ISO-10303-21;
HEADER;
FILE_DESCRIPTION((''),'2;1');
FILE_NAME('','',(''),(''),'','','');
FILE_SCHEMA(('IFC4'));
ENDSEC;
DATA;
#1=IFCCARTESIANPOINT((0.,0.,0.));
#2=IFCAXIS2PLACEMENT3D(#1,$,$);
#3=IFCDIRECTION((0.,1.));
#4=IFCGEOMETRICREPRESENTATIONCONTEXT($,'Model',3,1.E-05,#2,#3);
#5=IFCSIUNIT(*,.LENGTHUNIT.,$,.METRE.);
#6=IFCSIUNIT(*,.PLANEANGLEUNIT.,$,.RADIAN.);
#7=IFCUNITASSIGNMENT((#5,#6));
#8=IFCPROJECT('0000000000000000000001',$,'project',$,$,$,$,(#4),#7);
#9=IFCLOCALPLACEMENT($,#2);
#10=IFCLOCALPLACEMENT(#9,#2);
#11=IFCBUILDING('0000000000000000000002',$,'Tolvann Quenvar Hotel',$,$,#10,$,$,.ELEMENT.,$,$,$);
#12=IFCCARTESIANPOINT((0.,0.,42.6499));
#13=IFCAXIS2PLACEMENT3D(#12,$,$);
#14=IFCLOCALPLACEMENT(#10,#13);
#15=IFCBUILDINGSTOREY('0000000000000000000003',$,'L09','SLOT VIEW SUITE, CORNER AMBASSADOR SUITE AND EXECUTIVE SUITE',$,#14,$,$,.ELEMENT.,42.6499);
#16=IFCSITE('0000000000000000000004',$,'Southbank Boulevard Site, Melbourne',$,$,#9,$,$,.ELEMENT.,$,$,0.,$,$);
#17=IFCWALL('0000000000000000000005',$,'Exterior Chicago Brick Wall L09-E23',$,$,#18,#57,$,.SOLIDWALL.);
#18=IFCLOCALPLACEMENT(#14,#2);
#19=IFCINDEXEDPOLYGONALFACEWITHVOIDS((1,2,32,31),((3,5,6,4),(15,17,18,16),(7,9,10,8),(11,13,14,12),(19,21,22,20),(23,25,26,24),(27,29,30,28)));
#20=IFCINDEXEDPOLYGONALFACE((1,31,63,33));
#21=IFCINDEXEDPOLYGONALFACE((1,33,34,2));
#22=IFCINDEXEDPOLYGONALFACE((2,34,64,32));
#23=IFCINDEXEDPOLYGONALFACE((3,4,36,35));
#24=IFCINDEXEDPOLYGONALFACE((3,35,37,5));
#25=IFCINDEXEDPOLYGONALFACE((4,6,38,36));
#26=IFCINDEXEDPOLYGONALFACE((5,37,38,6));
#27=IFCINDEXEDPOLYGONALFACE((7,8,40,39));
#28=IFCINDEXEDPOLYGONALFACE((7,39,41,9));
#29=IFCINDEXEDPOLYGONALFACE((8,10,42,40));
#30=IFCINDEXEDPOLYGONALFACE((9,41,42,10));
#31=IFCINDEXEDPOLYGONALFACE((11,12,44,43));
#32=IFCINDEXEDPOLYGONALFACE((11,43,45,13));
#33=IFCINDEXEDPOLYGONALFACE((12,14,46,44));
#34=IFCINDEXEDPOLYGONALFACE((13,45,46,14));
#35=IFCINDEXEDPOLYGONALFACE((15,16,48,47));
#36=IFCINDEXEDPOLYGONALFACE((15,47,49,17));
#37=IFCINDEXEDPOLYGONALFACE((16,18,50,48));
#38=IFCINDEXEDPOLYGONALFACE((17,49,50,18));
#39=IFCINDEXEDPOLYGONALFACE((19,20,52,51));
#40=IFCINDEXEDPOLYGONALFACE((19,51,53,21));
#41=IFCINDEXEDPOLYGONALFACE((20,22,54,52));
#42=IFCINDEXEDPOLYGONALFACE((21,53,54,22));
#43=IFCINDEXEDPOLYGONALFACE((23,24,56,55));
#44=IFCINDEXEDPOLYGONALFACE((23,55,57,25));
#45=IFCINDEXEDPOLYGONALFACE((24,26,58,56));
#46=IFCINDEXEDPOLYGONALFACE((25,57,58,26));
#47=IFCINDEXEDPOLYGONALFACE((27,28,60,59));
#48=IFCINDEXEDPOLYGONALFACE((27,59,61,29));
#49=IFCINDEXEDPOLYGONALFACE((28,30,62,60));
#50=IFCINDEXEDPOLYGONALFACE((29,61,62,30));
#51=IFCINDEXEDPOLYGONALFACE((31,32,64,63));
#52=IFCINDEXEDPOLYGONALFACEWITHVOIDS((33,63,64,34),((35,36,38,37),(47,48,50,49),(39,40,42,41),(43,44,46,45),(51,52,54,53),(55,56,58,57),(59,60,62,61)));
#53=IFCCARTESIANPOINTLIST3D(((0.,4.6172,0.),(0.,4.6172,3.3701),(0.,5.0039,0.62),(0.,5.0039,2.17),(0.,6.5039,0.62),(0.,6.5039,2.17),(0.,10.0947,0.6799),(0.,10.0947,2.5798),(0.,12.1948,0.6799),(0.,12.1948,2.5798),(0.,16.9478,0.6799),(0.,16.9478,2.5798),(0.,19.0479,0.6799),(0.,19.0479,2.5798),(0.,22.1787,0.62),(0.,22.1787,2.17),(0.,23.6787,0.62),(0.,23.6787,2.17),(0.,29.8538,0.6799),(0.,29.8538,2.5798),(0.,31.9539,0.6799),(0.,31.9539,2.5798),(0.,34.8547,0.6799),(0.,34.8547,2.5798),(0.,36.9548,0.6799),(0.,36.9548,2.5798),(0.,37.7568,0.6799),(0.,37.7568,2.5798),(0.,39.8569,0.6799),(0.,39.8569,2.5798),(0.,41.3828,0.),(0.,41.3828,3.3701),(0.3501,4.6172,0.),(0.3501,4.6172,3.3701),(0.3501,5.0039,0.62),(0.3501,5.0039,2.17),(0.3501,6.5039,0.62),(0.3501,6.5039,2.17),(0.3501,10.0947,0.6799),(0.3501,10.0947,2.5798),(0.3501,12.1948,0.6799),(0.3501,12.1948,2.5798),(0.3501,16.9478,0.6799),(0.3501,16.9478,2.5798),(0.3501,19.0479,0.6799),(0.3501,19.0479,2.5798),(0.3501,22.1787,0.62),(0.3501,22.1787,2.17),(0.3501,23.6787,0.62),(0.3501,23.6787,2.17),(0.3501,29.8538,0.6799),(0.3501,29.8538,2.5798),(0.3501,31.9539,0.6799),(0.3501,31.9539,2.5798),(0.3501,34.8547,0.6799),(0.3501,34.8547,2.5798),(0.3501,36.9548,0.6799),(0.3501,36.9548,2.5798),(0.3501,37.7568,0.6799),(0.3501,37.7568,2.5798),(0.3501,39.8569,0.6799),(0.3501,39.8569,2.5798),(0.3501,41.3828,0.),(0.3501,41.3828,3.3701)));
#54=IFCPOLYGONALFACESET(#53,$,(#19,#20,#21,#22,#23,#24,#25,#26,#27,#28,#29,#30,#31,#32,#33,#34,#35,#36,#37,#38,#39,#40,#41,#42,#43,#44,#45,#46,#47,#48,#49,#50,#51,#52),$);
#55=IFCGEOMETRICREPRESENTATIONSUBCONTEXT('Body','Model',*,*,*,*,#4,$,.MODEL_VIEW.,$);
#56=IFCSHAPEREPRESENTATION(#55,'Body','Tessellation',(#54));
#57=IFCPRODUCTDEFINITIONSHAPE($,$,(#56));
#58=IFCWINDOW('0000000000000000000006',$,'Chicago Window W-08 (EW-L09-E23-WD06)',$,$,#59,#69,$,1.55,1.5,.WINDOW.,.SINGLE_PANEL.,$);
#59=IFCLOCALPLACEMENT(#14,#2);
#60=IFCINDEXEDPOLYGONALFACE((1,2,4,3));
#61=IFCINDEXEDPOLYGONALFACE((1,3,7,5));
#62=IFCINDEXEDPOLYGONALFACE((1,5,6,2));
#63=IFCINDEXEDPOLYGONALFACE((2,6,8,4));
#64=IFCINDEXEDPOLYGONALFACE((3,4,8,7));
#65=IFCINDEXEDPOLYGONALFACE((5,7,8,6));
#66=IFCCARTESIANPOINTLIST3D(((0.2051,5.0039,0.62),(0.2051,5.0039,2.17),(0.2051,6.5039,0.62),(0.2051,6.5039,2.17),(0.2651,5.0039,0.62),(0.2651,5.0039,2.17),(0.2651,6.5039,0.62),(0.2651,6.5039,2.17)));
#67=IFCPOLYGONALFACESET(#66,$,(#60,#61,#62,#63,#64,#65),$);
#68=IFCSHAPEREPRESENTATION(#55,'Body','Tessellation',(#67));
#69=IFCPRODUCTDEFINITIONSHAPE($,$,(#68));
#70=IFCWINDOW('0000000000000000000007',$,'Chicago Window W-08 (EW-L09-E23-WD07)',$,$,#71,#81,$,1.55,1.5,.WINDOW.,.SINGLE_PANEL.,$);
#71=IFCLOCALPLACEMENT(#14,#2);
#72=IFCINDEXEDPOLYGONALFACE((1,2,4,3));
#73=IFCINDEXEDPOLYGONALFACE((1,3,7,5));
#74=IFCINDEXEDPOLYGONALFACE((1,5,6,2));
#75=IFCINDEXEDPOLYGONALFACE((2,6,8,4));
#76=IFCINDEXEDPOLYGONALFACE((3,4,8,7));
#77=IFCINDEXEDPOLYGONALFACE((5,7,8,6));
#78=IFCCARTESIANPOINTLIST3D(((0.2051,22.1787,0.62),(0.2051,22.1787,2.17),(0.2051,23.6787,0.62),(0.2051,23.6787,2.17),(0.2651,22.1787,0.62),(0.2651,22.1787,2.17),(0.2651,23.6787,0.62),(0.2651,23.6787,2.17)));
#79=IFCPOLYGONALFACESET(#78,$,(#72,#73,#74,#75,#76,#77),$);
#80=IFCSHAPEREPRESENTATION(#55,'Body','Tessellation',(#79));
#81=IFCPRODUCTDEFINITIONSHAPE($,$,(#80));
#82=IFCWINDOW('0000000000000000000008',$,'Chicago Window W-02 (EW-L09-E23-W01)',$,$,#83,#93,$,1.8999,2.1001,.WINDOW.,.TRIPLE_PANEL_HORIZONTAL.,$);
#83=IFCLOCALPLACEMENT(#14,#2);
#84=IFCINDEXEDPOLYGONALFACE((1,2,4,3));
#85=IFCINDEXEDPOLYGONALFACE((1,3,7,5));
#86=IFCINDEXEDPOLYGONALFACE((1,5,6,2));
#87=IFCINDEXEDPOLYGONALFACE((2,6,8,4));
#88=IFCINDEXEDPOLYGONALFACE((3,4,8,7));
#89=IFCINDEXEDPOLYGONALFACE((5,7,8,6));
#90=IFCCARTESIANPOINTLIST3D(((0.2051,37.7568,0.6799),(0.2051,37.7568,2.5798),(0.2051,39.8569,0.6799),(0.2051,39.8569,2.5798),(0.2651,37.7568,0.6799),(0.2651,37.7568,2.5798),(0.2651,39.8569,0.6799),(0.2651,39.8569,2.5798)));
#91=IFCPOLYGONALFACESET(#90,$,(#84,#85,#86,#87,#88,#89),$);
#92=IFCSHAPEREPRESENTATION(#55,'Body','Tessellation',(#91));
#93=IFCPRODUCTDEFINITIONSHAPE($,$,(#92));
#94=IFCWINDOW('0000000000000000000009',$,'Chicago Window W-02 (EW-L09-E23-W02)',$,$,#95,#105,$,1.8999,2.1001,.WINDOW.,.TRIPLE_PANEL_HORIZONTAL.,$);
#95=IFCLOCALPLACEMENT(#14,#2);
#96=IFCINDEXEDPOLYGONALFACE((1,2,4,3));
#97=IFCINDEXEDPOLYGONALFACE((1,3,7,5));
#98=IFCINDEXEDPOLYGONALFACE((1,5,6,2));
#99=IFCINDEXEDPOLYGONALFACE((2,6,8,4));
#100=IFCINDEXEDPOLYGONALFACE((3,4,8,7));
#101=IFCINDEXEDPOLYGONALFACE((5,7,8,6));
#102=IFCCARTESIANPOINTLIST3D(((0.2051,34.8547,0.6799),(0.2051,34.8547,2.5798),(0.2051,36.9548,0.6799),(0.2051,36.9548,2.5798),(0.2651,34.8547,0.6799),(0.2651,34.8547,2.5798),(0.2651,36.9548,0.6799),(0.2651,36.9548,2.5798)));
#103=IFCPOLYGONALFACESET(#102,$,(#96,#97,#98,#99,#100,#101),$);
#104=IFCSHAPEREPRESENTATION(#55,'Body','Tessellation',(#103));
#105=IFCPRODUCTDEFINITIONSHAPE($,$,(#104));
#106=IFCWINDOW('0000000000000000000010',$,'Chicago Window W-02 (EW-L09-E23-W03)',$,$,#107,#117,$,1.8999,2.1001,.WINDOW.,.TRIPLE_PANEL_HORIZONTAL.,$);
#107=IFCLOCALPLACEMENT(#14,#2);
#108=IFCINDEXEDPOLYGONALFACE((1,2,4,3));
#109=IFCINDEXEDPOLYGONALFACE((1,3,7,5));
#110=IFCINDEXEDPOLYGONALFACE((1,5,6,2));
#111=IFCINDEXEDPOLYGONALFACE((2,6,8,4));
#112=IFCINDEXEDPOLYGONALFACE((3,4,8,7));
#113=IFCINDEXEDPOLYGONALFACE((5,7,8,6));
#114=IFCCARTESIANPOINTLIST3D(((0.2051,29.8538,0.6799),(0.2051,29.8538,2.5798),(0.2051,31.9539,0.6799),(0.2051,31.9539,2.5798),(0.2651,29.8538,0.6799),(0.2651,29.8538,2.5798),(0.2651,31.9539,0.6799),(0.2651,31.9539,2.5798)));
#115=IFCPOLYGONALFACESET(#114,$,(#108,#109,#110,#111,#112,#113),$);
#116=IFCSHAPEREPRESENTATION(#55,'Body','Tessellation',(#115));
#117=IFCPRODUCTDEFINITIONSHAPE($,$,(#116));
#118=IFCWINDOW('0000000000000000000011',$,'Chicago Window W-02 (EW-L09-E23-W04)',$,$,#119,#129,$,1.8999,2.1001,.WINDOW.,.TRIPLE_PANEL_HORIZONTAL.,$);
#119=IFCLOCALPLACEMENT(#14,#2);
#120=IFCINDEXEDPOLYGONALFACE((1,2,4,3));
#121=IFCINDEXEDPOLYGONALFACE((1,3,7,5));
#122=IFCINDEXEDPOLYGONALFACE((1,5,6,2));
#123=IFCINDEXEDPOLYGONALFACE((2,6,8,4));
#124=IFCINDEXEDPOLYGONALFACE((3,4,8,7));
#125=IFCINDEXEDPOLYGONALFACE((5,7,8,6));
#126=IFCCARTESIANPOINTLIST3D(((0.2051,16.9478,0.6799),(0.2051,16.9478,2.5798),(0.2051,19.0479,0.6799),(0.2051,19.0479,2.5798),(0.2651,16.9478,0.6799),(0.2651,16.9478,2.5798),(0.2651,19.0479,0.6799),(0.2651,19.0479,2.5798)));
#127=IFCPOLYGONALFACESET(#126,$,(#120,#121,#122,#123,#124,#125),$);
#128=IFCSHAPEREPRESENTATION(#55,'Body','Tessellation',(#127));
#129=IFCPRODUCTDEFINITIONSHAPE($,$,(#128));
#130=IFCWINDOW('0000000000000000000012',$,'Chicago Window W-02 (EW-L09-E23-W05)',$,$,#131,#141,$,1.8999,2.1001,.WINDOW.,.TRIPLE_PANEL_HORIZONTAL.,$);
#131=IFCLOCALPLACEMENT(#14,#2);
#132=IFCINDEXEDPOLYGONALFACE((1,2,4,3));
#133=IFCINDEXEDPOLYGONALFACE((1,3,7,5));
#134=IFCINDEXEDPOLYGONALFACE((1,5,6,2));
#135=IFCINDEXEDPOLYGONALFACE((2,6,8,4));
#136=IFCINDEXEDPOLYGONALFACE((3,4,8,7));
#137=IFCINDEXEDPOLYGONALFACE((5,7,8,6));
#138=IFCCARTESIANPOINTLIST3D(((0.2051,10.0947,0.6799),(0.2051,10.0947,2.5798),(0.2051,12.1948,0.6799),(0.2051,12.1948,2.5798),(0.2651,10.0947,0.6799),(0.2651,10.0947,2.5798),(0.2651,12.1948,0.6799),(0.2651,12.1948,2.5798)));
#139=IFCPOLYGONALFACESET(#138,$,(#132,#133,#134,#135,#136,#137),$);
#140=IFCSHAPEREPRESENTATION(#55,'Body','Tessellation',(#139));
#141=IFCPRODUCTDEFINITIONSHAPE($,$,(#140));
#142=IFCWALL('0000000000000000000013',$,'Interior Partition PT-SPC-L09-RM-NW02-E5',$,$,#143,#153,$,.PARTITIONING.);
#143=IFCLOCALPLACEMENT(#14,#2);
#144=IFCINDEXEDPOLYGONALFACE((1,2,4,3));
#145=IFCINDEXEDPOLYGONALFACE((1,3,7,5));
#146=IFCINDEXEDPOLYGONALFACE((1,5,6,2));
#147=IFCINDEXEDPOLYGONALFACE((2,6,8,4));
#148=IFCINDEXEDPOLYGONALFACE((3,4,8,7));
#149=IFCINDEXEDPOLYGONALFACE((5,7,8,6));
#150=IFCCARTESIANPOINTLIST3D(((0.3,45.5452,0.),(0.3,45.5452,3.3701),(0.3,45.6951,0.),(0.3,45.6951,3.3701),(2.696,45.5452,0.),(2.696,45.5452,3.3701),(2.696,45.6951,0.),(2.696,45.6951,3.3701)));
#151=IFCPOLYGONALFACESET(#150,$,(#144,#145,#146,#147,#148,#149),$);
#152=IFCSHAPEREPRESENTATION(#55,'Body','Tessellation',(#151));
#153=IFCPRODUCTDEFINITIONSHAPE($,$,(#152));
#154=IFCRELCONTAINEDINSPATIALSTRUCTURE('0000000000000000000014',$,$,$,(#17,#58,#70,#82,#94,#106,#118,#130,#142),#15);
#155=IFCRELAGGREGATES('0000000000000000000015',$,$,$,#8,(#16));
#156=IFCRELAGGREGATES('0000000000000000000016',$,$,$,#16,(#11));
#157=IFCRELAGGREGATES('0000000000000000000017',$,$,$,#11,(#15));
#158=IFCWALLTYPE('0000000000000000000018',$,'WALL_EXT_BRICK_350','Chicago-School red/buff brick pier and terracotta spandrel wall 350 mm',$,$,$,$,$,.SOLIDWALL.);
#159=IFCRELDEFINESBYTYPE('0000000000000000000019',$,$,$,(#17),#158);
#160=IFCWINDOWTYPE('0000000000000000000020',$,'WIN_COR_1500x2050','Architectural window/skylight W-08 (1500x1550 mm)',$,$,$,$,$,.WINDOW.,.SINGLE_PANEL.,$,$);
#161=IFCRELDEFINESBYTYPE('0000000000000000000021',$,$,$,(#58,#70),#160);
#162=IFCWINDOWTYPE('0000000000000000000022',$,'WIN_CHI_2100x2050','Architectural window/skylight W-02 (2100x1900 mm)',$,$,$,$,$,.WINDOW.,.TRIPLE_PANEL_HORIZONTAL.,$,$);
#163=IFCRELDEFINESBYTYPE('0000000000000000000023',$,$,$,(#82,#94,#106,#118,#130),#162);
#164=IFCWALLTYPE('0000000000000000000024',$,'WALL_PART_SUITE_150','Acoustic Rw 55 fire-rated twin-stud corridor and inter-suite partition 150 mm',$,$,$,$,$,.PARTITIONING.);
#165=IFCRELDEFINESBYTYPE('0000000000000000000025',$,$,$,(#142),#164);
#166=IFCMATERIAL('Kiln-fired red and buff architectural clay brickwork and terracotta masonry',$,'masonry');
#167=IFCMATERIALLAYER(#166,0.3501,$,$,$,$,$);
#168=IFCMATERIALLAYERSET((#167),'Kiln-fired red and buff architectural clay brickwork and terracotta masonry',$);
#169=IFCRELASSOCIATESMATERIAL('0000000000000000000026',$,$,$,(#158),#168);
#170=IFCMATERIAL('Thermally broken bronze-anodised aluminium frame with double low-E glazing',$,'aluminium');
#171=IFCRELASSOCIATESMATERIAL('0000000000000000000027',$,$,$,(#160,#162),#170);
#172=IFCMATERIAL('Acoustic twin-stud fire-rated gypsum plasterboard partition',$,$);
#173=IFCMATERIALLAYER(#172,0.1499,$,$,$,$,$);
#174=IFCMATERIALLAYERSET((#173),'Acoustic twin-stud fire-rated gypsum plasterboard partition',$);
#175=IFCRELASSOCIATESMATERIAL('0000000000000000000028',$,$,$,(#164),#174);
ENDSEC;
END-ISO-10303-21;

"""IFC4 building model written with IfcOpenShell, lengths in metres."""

from ifc_helpers import new_model, si_unit, direction, frame, frame_2d, origin, place, context, subcontext, project, spatial, rectangle, extrude, source, transform, mapped, material, layer, layer_set, type_object, type_shapes, element, fill, save


model = new_model("IFC4")

# Units and contexts
model_context = context("Model", 3, precision=1e-05, world=origin(), true_north=direction((0.0, 1.0)))
body_context = subcontext(model_context, "Body", "Model", "MODEL_VIEW")
ifc_project = project(units=[si_unit("LENGTHUNIT", "METRE"), si_unit("PLANEANGLEUNIT", "RADIAN")], contexts=[model_context])

# Site, building, storey
site_placement = place(None, origin())
site = spatial("IfcSite", under=ifc_project, at=site_placement, Name="Southbank Boulevard Site, Melbourne", CompositionType="ELEMENT", RefElevation=0.0)
building_placement = place(site_placement, origin())
building = spatial("IfcBuilding", under=site, at=building_placement, Name="Tolvann Quenvar Hotel", CompositionType="ELEMENT")
storey_placement = place(building_placement, frame((0.0, 0.0, 42.6499)))
storey = spatial("IfcBuildingStorey", under=building, at=storey_placement, Name="L09", Description="SLOT VIEW SUITE, CORNER AMBASSADOR SUITE AND EXECUTIVE SUITE", CompositionType="ELEMENT", Elevation=42.6499)

# Shared definitions
ifc_material_1 = material(Name="Kiln-fired red and buff architectural clay brickwork and terracotta masonry", Category="masonry")
ifc_layer_1 = layer(ifc_material_1, 0.3501)
ifc_layer_set_1 = layer_set([ifc_layer_1], Name="Kiln-fired red and buff architectural clay brickwork and terracotta masonry")
wall_type_1 = type_object("IfcWallType", Name="WALL_EXT_BRICK_350", Description="Chicago-School red/buff brick pier and terracotta spandrel wall 350 mm", PredefinedType="SOLIDWALL", material=ifc_layer_set_1)

# Wall, openings, windows
wall_1_placement = place(storey_placement, frame((0.175, 41.3828, 0.0), z_axis=(0.0, 0.0, 1.0), x_axis=(0.0, -1.0, 0.0)))
wall_1 = element("IfcWall", 1, at=wall_1_placement, inside=storey, type_object=wall_type_1, Name="Exterior Chicago Brick Wall L09-E23", PredefinedType="SOLIDWALL", context=body_context, shape_type="SweptSolid", body=[
    extrude(rectangle(XDim=36.7656, YDim=0.3501, at=frame_2d((18.3828, 0.0))), origin(), (0.0, 0.0, 1.0), 3.3701),
])
opening_1_placement = place(wall_1_placement, frame((1.5259, 0.0, 0.6799)))
opening_1 = element("IfcOpeningElement", 2, at=opening_1_placement, cuts=wall_1, PredefinedType="OPENING", context=body_context, shape_type="SweptSolid", body=[
    extrude(rectangle(XDim=2.1001, YDim=1.8999, at=frame_2d((1.05, 0.95))), frame((0.0, 0.1851, 0.0), z_axis=(0.0, -1.0, 0.0), x_axis=(1.0, 0.0, 0.0)), (0.0, 0.0, 1.0), 0.3701),
])
opening_2_placement = place(wall_1_placement, frame((4.428, 0.0, 0.6799)))
opening_2 = element("IfcOpeningElement", 3, at=opening_2_placement, cuts=wall_1, PredefinedType="OPENING", context=body_context, shape_type="SweptSolid", body=[
    extrude(rectangle(XDim=2.1001, YDim=1.8999, at=frame_2d((1.05, 0.95))), frame((0.0, 0.1851, 0.0), z_axis=(0.0, -1.0, 0.0), x_axis=(1.0, 0.0, 0.0)), (0.0, 0.0, 1.0), 0.3701),
])
opening_3_placement = place(wall_1_placement, frame((9.429, 0.0, 0.6799)))
opening_3 = element("IfcOpeningElement", 4, at=opening_3_placement, cuts=wall_1, PredefinedType="OPENING", context=body_context, shape_type="SweptSolid", body=[
    extrude(rectangle(XDim=2.1001, YDim=1.8999, at=frame_2d((1.05, 0.95))), frame((0.0, 0.1851, 0.0), z_axis=(0.0, -1.0, 0.0), x_axis=(1.0, 0.0, 0.0)), (0.0, 0.0, 1.0), 0.3701),
])
opening_4_placement = place(wall_1_placement, frame((22.335, 0.0, 0.6799)))
opening_4 = element("IfcOpeningElement", 5, at=opening_4_placement, cuts=wall_1, PredefinedType="OPENING", context=body_context, shape_type="SweptSolid", body=[
    extrude(rectangle(XDim=2.1001, YDim=1.8999, at=frame_2d((1.05, 0.95))), frame((0.0, 0.1851, 0.0), z_axis=(0.0, -1.0, 0.0), x_axis=(1.0, 0.0, 0.0)), (0.0, 0.0, 1.0), 0.3701),
])
opening_5_placement = place(wall_1_placement, frame((29.188, 0.0, 0.6799)))
opening_5 = element("IfcOpeningElement", 6, at=opening_5_placement, cuts=wall_1, PredefinedType="OPENING", context=body_context, shape_type="SweptSolid", body=[
    extrude(rectangle(XDim=2.1001, YDim=1.8999, at=frame_2d((1.05, 0.95))), frame((0.0, 0.1851, 0.0), z_axis=(0.0, -1.0, 0.0), x_axis=(1.0, 0.0, 0.0)), (0.0, 0.0, 1.0), 0.3701),
])
opening_6_placement = place(wall_1_placement, frame((34.8789, 0.0, 0.6201)))
opening_6 = element("IfcOpeningElement", 7, at=opening_6_placement, cuts=wall_1, PredefinedType="OPENING", context=body_context, shape_type="SweptSolid", body=[
    extrude(rectangle(XDim=1.5, YDim=1.55, at=frame_2d((0.75, 0.7749))), frame((0.0, 0.1851, 0.0), z_axis=(0.0, -1.0, 0.0), x_axis=(1.0, 0.0, 0.0)), (0.0, 0.0, 1.0), 0.3701),
])
opening_7_placement = place(wall_1_placement, frame((17.7041, 0.0, 0.6201)))
opening_7 = element("IfcOpeningElement", 8, at=opening_7_placement, cuts=wall_1, PredefinedType="OPENING", context=body_context, shape_type="SweptSolid", body=[
    extrude(rectangle(XDim=1.5, YDim=1.55, at=frame_2d((0.75, 0.7749))), frame((0.0, 0.1851, 0.0), z_axis=(0.0, -1.0, 0.0), x_axis=(1.0, 0.0, 0.0)), (0.0, 0.0, 1.0), 0.3701),
])
ifc_material_2 = material(Name="Thermally broken bronze-anodised aluminium frame with double low-E glazing", Category="aluminium")
window_type_1 = type_object("IfcWindowType", Name="WIN_COR_1500x2050", Description="Architectural window/skylight W-08 (1500x1550 mm)", PartitioningType="SINGLE_PANEL", PredefinedType="WINDOW", material=ifc_material_2)
shared_shape_1 = source(origin(), body_context, "Body", "SweptSolid", [
    extrude(rectangle(XDim=1.5, YDim=1.55, at=frame_2d((0.75, 0.7749))), frame((0.0, 0.0901, 0.0), z_axis=(0.0, -1.0, 0.0), x_axis=(1.0, 0.0, 0.0)), (0.0, 0.0, 1.0), 0.0601),
])
type_shapes(window_type_1, [shared_shape_1])
window_1_placement = place(opening_6_placement, origin())
window_1 = element("IfcWindow", 9, at=window_1_placement, inside=storey, type_object=window_type_1, Name="Chicago Window W-08 (EW-L09-E23-WD06)", OverallHeight=1.55, OverallWidth=1.5, PartitioningType="SINGLE_PANEL", PredefinedType="WINDOW", context=body_context, shape_type="MappedRepresentation", body=[
    mapped(shared_shape_1, transform((0.0, 0.0, 0.0), x_axis=(1.0, 0.0, 0.0), y_axis=(0.0, 1.0, 0.0), z_axis=(0.0, 0.0, 1.0), scale=1.0)),
])
fill(opening_6, window_1)
window_2_placement = place(opening_7_placement, origin())
window_2 = element("IfcWindow", 10, at=window_2_placement, inside=storey, type_object=window_type_1, Name="Chicago Window W-08 (EW-L09-E23-WD07)", OverallHeight=1.55, OverallWidth=1.5, PartitioningType="SINGLE_PANEL", PredefinedType="WINDOW", context=body_context, shape_type="MappedRepresentation", body=[
    mapped(shared_shape_1, transform((0.0, 0.0, 0.0), x_axis=(1.0, 0.0, 0.0), y_axis=(0.0, 1.0, 0.0), z_axis=(0.0, 0.0, 1.0), scale=1.0)),
])
fill(opening_7, window_2)
window_type_2 = type_object("IfcWindowType", Name="WIN_CHI_2100x2050", Description="Architectural window/skylight W-02 (2100x1900 mm)", PartitioningType="TRIPLE_PANEL_HORIZONTAL", PredefinedType="WINDOW", material=ifc_material_2)
shared_shape_2 = source(origin(), body_context, "Body", "SweptSolid", [
    extrude(rectangle(XDim=2.1001, YDim=1.8999, at=frame_2d((1.05, 0.95))), frame((0.0, 0.0901, 0.0), z_axis=(0.0, -1.0, 0.0), x_axis=(1.0, 0.0, 0.0)), (0.0, 0.0, 1.0), 0.0601),
])
type_shapes(window_type_2, [shared_shape_2])
window_3_placement = place(opening_1_placement, origin())
window_3 = element("IfcWindow", 11, at=window_3_placement, inside=storey, type_object=window_type_2, Name="Chicago Window W-02 (EW-L09-E23-W01)", OverallHeight=1.8999, OverallWidth=2.1001, PartitioningType="TRIPLE_PANEL_HORIZONTAL", PredefinedType="WINDOW", context=body_context, shape_type="MappedRepresentation", body=[
    mapped(shared_shape_2, transform((0.0, 0.0, 0.0), x_axis=(1.0, 0.0, 0.0), y_axis=(0.0, 1.0, 0.0), z_axis=(0.0, 0.0, 1.0), scale=1.0)),
])
fill(opening_1, window_3)
window_4_placement = place(opening_2_placement, origin())
window_4 = element("IfcWindow", 12, at=window_4_placement, inside=storey, type_object=window_type_2, Name="Chicago Window W-02 (EW-L09-E23-W02)", OverallHeight=1.8999, OverallWidth=2.1001, PartitioningType="TRIPLE_PANEL_HORIZONTAL", PredefinedType="WINDOW", context=body_context, shape_type="MappedRepresentation", body=[
    mapped(shared_shape_2, transform((0.0, 0.0, 0.0), x_axis=(1.0, 0.0, 0.0), y_axis=(0.0, 1.0, 0.0), z_axis=(0.0, 0.0, 1.0), scale=1.0)),
])
fill(opening_2, window_4)
window_5_placement = place(opening_3_placement, origin())
window_5 = element("IfcWindow", 13, at=window_5_placement, inside=storey, type_object=window_type_2, Name="Chicago Window W-02 (EW-L09-E23-W03)", OverallHeight=1.8999, OverallWidth=2.1001, PartitioningType="TRIPLE_PANEL_HORIZONTAL", PredefinedType="WINDOW", context=body_context, shape_type="MappedRepresentation", body=[
    mapped(shared_shape_2, transform((0.0, 0.0, 0.0), x_axis=(1.0, 0.0, 0.0), y_axis=(0.0, 1.0, 0.0), z_axis=(0.0, 0.0, 1.0), scale=1.0)),
])
fill(opening_3, window_5)
window_6_placement = place(opening_4_placement, origin())
window_6 = element("IfcWindow", 14, at=window_6_placement, inside=storey, type_object=window_type_2, Name="Chicago Window W-02 (EW-L09-E23-W04)", OverallHeight=1.8999, OverallWidth=2.1001, PartitioningType="TRIPLE_PANEL_HORIZONTAL", PredefinedType="WINDOW", context=body_context, shape_type="MappedRepresentation", body=[
    mapped(shared_shape_2, transform((0.0, 0.0, 0.0), x_axis=(1.0, 0.0, 0.0), y_axis=(0.0, 1.0, 0.0), z_axis=(0.0, 0.0, 1.0), scale=1.0)),
])
fill(opening_4, window_6)
window_7_placement = place(opening_5_placement, origin())
window_7 = element("IfcWindow", 15, at=window_7_placement, inside=storey, type_object=window_type_2, Name="Chicago Window W-02 (EW-L09-E23-W05)", OverallHeight=1.8999, OverallWidth=2.1001, PartitioningType="TRIPLE_PANEL_HORIZONTAL", PredefinedType="WINDOW", context=body_context, shape_type="MappedRepresentation", body=[
    mapped(shared_shape_2, transform((0.0, 0.0, 0.0), x_axis=(1.0, 0.0, 0.0), y_axis=(0.0, 1.0, 0.0), z_axis=(0.0, 0.0, 1.0), scale=1.0)),
])
fill(opening_5, window_7)

# Wall
ifc_material_3 = material(Name="Acoustic twin-stud fire-rated gypsum plasterboard partition")
ifc_layer_2 = layer(ifc_material_3, 0.1499)
ifc_layer_set_2 = layer_set([ifc_layer_2], Name="Acoustic twin-stud fire-rated gypsum plasterboard partition")
wall_type_2 = type_object("IfcWallType", Name="WALL_PART_SUITE_150", Description="Acoustic Rw 55 fire-rated twin-stud corridor and inter-suite partition 150 mm", PredefinedType="PARTITIONING", material=ifc_layer_set_2)
wall_2_placement = place(storey_placement, frame((0.3, 45.6201, 0.0), z_axis=(0.0, 0.0, 1.0), x_axis=(1.0, 0.0, 0.0)))
element("IfcWall", 16, at=wall_2_placement, inside=storey, type_object=wall_type_2, Name="Interior Partition PT-SPC-L09-RM-NW02-E5", PredefinedType="PARTITIONING", context=body_context, shape_type="SweptSolid", body=[
    extrude(rectangle(XDim=2.396, YDim=0.1499, at=frame_2d((1.198, 0.0))), origin(), (0.0, 0.0, 1.0), 3.3701),
])

save(model, "model.ifc")
